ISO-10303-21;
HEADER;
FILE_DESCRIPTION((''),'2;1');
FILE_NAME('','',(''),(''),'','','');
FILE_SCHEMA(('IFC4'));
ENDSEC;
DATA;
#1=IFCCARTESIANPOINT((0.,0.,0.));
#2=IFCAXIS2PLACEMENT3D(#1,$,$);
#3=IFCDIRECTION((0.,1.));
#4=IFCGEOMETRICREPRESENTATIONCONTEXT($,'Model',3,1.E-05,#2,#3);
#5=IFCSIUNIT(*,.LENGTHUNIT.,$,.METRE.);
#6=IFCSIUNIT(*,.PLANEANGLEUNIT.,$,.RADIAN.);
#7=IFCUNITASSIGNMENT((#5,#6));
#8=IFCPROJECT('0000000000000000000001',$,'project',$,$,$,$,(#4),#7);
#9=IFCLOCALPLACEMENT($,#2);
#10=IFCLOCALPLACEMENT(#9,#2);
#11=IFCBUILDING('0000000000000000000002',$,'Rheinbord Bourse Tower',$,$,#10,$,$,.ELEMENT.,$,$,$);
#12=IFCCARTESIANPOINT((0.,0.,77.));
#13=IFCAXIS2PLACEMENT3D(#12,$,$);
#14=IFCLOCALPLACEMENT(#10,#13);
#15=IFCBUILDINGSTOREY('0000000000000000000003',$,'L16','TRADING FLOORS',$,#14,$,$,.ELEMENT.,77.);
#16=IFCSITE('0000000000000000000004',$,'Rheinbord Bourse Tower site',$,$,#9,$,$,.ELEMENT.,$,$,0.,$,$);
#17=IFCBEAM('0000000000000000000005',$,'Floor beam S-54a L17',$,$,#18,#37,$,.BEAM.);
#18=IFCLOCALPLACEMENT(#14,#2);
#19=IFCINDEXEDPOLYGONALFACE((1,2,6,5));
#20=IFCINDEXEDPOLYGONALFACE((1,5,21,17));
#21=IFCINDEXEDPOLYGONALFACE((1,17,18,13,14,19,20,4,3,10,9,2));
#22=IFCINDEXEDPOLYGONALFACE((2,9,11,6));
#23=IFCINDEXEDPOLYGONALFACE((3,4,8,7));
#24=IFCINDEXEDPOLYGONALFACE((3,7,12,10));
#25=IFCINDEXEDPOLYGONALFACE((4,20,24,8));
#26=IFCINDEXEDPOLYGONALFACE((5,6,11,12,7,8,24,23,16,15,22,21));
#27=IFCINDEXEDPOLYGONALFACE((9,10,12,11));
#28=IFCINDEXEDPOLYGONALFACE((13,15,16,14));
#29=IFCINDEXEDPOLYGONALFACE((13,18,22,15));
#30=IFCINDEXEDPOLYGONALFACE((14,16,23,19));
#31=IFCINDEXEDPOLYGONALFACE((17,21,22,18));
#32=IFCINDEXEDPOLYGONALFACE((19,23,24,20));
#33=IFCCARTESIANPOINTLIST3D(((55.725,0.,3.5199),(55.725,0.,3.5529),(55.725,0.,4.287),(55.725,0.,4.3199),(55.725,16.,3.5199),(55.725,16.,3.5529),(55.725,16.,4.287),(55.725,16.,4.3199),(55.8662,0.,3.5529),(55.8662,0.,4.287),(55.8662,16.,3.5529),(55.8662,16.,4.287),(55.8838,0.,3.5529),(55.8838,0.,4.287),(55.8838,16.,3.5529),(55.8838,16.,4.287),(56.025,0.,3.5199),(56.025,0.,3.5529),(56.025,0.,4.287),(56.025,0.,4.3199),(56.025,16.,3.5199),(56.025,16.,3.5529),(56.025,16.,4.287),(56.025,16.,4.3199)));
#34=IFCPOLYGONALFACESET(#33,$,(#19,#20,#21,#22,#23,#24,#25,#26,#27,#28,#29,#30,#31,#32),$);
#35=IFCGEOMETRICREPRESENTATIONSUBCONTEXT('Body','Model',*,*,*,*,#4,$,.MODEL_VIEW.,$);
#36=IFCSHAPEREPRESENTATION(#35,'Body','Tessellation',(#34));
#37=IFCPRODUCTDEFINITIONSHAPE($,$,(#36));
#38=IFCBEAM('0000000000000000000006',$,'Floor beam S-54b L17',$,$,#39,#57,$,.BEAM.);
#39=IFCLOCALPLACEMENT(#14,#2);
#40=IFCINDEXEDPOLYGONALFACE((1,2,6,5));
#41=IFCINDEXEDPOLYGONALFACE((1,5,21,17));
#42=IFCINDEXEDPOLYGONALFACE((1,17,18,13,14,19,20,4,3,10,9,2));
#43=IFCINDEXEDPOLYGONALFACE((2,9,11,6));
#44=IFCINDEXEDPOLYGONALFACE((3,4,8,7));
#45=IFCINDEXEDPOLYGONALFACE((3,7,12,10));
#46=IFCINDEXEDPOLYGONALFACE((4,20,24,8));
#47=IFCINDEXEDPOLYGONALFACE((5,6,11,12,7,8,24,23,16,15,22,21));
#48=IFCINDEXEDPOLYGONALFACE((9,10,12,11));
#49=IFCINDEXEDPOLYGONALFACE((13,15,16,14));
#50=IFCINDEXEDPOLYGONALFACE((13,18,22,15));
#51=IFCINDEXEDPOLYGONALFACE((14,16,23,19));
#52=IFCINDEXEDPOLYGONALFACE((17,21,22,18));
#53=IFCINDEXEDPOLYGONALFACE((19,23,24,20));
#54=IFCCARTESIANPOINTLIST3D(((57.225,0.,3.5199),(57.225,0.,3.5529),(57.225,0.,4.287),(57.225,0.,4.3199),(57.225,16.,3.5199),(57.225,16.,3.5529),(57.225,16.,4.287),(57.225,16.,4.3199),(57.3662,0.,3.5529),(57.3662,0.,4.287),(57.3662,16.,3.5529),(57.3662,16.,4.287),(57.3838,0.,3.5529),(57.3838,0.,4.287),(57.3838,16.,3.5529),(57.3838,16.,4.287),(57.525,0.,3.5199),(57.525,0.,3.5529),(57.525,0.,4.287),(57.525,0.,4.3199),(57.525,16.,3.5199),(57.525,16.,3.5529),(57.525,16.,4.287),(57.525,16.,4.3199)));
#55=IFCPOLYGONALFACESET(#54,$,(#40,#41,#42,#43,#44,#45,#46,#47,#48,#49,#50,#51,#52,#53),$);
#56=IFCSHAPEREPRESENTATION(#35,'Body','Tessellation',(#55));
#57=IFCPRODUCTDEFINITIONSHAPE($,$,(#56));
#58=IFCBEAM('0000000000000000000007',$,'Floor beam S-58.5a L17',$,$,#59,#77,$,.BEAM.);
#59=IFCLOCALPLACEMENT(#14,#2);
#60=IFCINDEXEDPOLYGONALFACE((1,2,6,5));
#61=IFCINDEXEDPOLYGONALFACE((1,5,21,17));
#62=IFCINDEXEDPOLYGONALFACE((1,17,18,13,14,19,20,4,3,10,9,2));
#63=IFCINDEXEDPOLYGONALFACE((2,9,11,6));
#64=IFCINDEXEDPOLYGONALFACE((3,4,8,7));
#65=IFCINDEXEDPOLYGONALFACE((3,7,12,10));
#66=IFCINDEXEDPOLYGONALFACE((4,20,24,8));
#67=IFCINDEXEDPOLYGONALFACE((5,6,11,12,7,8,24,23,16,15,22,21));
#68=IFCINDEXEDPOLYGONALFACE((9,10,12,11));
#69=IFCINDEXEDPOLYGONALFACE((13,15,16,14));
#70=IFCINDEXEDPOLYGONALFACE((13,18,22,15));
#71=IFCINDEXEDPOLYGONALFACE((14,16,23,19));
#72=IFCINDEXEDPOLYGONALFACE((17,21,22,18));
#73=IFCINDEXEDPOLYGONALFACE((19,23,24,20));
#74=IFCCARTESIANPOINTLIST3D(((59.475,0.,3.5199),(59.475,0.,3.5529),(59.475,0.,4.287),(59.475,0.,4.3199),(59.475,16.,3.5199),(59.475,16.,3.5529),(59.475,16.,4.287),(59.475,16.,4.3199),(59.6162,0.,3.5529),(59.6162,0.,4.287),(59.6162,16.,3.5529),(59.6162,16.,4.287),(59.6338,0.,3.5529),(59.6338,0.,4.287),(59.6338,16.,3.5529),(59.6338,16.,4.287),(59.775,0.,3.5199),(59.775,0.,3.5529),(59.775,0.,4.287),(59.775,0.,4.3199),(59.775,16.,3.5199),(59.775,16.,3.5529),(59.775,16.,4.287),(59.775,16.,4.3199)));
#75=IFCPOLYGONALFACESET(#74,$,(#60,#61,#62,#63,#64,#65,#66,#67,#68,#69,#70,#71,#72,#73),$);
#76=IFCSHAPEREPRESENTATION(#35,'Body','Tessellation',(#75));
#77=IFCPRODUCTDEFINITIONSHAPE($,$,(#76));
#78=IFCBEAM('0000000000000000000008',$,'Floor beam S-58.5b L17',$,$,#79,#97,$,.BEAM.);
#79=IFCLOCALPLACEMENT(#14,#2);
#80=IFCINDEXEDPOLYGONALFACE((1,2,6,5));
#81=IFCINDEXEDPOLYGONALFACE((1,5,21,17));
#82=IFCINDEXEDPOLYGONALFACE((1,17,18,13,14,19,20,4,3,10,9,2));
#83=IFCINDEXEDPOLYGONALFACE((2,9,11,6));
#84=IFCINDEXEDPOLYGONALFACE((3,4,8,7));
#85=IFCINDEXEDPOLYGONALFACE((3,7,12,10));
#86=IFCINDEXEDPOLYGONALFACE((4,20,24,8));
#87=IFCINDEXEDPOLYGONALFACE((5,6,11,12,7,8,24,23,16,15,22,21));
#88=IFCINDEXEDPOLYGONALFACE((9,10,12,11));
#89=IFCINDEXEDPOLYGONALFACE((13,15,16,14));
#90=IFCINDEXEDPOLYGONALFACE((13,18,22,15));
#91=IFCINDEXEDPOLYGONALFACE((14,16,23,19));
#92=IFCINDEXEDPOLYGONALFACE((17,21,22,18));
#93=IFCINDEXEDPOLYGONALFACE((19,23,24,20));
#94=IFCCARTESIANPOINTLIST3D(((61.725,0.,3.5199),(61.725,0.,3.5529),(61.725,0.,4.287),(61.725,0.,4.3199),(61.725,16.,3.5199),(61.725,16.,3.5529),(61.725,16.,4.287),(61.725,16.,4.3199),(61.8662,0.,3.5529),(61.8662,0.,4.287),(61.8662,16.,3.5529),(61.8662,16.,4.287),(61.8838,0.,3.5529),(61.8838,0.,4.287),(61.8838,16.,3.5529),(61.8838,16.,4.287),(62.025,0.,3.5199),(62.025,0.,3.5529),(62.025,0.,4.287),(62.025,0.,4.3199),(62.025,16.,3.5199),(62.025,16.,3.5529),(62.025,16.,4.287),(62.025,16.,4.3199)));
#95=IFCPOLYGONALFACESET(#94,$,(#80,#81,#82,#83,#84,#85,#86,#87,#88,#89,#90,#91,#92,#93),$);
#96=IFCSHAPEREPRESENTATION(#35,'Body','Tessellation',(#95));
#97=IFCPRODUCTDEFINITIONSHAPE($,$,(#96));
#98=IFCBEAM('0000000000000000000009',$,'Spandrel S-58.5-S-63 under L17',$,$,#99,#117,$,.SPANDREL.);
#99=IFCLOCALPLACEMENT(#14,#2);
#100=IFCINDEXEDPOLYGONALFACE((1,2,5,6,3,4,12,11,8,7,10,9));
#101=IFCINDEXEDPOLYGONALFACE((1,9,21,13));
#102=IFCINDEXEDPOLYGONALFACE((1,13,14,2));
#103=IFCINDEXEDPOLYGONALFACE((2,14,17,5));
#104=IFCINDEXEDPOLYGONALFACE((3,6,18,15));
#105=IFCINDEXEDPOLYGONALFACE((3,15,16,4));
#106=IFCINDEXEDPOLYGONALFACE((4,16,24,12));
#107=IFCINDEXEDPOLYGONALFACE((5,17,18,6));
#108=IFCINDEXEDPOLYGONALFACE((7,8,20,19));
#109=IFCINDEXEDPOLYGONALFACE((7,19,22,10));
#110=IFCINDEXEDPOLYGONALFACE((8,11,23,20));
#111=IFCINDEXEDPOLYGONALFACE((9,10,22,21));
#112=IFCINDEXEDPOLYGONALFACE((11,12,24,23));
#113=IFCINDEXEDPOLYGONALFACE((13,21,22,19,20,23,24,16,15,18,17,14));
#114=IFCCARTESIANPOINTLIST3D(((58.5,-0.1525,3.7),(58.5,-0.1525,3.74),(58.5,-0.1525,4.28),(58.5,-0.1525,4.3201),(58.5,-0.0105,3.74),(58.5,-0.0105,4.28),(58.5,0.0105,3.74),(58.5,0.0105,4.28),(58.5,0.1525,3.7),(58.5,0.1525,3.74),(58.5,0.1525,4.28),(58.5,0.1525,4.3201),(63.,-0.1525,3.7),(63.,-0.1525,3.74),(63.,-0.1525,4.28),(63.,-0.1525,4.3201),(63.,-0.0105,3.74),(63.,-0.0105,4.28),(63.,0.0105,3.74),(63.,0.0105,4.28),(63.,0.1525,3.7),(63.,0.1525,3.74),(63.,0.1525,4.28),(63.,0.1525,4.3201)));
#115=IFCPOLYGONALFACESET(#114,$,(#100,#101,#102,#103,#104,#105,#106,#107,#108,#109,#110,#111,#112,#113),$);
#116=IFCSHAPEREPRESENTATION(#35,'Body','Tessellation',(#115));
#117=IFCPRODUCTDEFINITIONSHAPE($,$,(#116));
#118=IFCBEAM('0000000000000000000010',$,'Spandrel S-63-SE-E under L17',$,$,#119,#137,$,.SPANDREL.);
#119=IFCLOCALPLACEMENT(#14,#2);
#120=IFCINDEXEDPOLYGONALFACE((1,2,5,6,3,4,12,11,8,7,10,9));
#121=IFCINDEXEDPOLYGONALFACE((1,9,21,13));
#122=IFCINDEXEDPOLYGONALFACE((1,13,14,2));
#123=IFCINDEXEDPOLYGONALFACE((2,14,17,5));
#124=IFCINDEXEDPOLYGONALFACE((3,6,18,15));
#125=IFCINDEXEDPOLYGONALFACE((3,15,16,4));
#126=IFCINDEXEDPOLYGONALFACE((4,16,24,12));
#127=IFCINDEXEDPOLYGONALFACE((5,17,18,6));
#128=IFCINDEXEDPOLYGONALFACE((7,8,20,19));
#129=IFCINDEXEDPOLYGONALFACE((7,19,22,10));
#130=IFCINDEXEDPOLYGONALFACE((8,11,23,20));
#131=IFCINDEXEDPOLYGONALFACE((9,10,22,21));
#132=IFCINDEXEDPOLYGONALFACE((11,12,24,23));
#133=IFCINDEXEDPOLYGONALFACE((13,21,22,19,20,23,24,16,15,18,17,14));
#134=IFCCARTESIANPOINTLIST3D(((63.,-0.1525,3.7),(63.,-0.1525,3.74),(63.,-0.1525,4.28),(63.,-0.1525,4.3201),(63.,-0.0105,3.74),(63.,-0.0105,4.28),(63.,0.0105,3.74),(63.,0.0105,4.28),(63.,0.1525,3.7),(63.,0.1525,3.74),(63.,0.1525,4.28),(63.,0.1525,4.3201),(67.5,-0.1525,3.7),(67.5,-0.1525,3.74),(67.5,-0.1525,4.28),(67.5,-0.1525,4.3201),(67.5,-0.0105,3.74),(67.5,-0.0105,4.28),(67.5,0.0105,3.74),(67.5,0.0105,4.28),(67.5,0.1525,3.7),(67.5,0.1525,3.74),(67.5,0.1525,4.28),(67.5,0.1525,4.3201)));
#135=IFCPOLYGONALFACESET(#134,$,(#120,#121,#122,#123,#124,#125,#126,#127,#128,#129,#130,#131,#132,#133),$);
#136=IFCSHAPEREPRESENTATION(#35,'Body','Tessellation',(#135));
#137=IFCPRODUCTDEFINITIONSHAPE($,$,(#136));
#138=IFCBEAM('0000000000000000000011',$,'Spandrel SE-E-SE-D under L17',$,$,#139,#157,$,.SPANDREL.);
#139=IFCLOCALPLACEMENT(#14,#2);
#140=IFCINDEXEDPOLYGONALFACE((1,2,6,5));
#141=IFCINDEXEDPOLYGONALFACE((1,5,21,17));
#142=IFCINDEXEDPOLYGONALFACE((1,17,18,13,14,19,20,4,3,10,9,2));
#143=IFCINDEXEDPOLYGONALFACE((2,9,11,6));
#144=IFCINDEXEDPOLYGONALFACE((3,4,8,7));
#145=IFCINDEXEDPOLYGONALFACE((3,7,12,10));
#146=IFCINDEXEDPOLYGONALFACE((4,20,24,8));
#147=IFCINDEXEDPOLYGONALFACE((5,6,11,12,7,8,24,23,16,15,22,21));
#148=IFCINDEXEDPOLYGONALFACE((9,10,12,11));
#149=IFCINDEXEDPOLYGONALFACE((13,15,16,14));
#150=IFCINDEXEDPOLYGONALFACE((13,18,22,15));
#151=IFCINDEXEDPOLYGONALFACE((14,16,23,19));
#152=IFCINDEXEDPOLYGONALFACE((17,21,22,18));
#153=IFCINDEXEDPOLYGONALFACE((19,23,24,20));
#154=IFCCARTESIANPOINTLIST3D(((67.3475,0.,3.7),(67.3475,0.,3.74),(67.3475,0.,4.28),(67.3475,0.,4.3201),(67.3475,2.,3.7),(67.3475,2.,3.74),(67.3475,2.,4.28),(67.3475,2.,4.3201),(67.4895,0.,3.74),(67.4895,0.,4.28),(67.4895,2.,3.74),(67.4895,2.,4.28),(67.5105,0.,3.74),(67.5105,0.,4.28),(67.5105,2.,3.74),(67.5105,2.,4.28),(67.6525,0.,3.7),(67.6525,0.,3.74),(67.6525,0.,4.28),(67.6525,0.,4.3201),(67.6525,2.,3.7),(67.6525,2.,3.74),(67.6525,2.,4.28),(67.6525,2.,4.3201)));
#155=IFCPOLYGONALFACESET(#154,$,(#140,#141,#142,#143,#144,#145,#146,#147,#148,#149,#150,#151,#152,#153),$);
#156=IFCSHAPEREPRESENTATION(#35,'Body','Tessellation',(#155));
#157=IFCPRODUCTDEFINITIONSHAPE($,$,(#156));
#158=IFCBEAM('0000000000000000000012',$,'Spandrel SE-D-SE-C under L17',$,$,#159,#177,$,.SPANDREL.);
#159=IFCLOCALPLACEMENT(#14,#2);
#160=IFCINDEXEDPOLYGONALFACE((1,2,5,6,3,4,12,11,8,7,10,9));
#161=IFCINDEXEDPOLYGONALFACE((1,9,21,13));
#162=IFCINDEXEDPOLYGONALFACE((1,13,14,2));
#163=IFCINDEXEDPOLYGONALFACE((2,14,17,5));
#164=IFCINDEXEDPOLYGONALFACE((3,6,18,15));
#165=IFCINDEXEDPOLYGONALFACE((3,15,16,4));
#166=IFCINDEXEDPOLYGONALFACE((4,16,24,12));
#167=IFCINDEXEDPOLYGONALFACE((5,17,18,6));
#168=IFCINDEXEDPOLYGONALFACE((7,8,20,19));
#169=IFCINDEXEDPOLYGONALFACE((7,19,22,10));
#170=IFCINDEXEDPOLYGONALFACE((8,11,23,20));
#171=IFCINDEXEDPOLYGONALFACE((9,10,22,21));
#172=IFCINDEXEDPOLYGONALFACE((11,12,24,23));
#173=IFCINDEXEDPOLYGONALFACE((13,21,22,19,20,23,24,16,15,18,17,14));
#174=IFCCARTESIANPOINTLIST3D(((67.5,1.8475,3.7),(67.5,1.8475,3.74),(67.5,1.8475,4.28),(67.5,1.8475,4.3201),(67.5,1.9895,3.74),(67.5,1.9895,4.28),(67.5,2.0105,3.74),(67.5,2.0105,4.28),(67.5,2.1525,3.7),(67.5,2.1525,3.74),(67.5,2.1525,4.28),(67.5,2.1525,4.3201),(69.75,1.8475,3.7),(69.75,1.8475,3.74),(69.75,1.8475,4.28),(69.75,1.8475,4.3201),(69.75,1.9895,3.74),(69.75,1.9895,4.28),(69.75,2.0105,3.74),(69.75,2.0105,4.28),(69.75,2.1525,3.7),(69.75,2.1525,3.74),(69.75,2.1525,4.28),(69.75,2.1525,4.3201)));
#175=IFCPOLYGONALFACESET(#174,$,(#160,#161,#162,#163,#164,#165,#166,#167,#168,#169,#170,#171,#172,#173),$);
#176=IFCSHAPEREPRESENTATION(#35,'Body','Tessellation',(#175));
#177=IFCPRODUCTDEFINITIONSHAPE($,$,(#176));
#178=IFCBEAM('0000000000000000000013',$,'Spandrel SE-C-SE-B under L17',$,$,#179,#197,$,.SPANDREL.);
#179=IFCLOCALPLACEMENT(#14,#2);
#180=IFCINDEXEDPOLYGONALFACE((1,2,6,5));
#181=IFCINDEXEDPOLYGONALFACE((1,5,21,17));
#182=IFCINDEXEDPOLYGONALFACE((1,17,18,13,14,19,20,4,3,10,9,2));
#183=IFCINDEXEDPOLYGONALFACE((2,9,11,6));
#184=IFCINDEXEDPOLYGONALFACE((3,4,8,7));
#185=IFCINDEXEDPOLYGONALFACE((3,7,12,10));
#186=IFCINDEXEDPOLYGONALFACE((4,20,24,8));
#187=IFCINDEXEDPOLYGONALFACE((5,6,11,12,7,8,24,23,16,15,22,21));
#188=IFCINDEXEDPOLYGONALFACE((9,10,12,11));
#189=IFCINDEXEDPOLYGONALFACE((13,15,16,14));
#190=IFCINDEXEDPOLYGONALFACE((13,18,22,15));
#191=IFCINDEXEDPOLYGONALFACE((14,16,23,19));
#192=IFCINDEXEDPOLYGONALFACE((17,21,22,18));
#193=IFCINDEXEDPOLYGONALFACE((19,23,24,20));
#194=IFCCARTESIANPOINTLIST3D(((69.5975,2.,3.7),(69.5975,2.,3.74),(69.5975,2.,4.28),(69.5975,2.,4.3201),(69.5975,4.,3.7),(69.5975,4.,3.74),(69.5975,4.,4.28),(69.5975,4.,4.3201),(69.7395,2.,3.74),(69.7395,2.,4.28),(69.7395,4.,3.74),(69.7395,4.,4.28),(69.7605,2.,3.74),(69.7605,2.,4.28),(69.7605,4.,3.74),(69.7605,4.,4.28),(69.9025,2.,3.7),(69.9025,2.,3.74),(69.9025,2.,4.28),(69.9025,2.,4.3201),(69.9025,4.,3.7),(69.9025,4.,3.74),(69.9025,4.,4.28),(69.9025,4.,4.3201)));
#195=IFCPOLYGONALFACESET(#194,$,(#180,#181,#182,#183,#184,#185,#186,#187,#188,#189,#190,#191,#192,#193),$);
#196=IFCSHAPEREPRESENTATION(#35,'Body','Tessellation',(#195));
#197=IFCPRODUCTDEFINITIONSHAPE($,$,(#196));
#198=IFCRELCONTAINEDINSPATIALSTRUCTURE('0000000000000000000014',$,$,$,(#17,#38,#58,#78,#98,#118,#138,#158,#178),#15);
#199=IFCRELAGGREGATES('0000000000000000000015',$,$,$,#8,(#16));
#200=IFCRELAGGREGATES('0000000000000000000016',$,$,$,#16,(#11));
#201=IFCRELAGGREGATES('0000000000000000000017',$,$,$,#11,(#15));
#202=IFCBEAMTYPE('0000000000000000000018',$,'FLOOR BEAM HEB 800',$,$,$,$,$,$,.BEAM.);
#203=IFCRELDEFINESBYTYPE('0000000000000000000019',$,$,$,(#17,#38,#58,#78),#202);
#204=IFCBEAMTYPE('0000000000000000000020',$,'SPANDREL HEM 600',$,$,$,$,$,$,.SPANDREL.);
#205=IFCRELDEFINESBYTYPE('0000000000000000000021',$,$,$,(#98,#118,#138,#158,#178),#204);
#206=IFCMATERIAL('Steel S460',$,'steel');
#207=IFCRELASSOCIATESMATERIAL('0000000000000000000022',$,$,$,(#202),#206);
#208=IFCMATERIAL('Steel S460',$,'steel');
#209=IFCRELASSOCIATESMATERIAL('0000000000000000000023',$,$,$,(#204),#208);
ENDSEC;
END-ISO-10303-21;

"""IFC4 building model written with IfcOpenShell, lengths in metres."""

from ifc_helpers import new_model, si_unit, direction, frame, origin, origin_2d, place, context, subcontext, project, spatial, i_section, extrude, material, material_profile, profile_set, type_object, element, save


model = new_model("IFC4")

# Units and contexts
model_context = context("Model", 3, precision=1e-05, world=origin(), true_north=direction((0.0, 1.0)))
body_context = subcontext(model_context, "Body", "Model", "MODEL_VIEW")
ifc_project = project(units=[si_unit("LENGTHUNIT", "METRE"), si_unit("PLANEANGLEUNIT", "RADIAN")], contexts=[model_context])

# Site, building, storey
site_placement = place(None, origin())
site = spatial("IfcSite", under=ifc_project, at=site_placement, Name="Rheinbord Bourse Tower site", CompositionType="ELEMENT", RefElevation=0.0)
building_placement = place(site_placement, origin())
building = spatial("IfcBuilding", under=site, at=building_placement, Name="Rheinbord Bourse Tower", CompositionType="ELEMENT")
storey_placement = place(building_placement, frame((0.0, 0.0, 77.0)))
storey = spatial("IfcBuildingStorey", under=building, at=storey_placement, Name="L16", Description="TRADING FLOORS", CompositionType="ELEMENT", Elevation=77.0)

# Beams
ifc_material_1 = material(Name="Steel S460", Category="steel")
ifc_material_profile_1 = material_profile(ifc_material_1, i_section(OverallWidth=0.3, OverallDepth=0.8, WebThickness=0.0176, FlangeThickness=0.033, at=origin_2d()), Name="HEB 800")
ifc_profile_set_1 = profile_set([ifc_material_profile_1], Name="Steel S460")
beam_type_1 = type_object("IfcBeamType", Name="FLOOR BEAM HEB 800", PredefinedType="BEAM", material=ifc_profile_set_1)
for number, where, z_axis, x_axis, name in (
    (1, (55.875, 0.0, 3.9199), (0.0, 1.0, 0.0), (-1.0, 0.0, 0.0), "Floor beam S-54a L17"),
    (2, (57.375, 0.0, 3.9199), (0.0, 1.0, 0.0), (-1.0, 0.0, 0.0), "Floor beam S-54b L17"),
    (3, (59.625, 0.0, 3.9199), (0.0, 1.0, 0.0), (-1.0, 0.0, 0.0), "Floor beam S-58.5a L17"),
    (4, (61.875, 0.0, 3.9199), (0.0, 1.0, 0.0), (-1.0, 0.0, 0.0), "Floor beam S-58.5b L17"),
):
    element("IfcBeam", number, at=place(storey_placement, frame(where, z_axis=z_axis, x_axis=x_axis)), inside=storey, type_object=beam_type_1, Name=name, PredefinedType="BEAM", context=body_context, shape_type="SweptSolid", body=[
        extrude(i_section(OverallWidth=0.3, OverallDepth=0.8, WebThickness=0.0176, FlangeThickness=0.033, at=origin_2d()), origin(), (0.0, 0.0, 1.0), 16.0),
    ])
ifc_material_2 = material(Name="Steel S460", Category="steel")
ifc_material_profile_2 = material_profile(ifc_material_2, i_section(OverallWidth=0.3049, OverallDepth=0.6201, WebThickness=0.021, FlangeThickness=0.04, at=origin_2d()), Name="HEM 600")
ifc_profile_set_2 = profile_set([ifc_material_profile_2], Name="Steel S460")
beam_type_2 = type_object("IfcBeamType", Name="SPANDREL HEM 600", PredefinedType="SPANDREL", material=ifc_profile_set_2)
for number, where, z_axis, x_axis, name in (
    (5, (58.5, 0.0, 4.01), (1.0, 0.0, 0.0), (0.0, 1.0, 0.0), "Spandrel S-58.5-S-63 under L17"),
    (6, (63.0, 0.0, 4.01), (1.0, 0.0, 0.0), (0.0, 1.0, 0.0), "Spandrel S-63-SE-E under L17"),
):
    element("IfcBeam", number, at=place(storey_placement, frame(where, z_axis=z_axis, x_axis=x_axis)), inside=storey, type_object=beam_type_2, Name=name, PredefinedType="SPANDREL", context=body_context, shape_type="SweptSolid", body=[
        extrude(i_section(OverallWidth=0.3049, OverallDepth=0.6201, WebThickness=0.021, FlangeThickness=0.04, at=origin_2d()), origin(), (0.0, 0.0, 1.0), 4.5),
    ])
beam_1_placement = place(storey_placement, frame((67.5, 0.0, 4.01), z_axis=(0.0, 1.0, 0.0), x_axis=(-1.0, 0.0, 0.0)))
element("IfcBeam", 7, at=beam_1_placement, inside=storey, type_object=beam_type_2, Name="Spandrel SE-E-SE-D under L17", PredefinedType="SPANDREL", context=body_context, shape_type="SweptSolid", body=[
    extrude(i_section(OverallWidth=0.3049, OverallDepth=0.6201, WebThickness=0.021, FlangeThickness=0.04, at=origin_2d()), origin(), (0.0, 0.0, 1.0), 2.0),
])
beam_2_placement = place(storey_placement, frame((67.5, 2.0, 4.01), z_axis=(1.0, 0.0, 0.0), x_axis=(0.0, 1.0, 0.0)))
element("IfcBeam", 8, at=beam_2_placement, inside=storey, type_object=beam_type_2, Name="Spandrel SE-D-SE-C under L17", PredefinedType="SPANDREL", context=body_context, shape_type="SweptSolid", body=[
    extrude(i_section(OverallWidth=0.3049, OverallDepth=0.6201, WebThickness=0.021, FlangeThickness=0.04, at=origin_2d()), origin(), (0.0, 0.0, 1.0), 2.25),
])
beam_3_placement = place(storey_placement, frame((69.75, 2.0, 4.01), z_axis=(0.0, 1.0, 0.0), x_axis=(-1.0, 0.0, 0.0)))
element("IfcBeam", 9, at=beam_3_placement, inside=storey, type_object=beam_type_2, Name="Spandrel SE-C-SE-B under L17", PredefinedType="SPANDREL", context=body_context, shape_type="SweptSolid", body=[
    extrude(i_section(OverallWidth=0.3049, OverallDepth=0.6201, WebThickness=0.021, FlangeThickness=0.04, at=origin_2d()), origin(), (0.0, 0.0, 1.0), 2.0),
])

save(model, "model.ifc")
